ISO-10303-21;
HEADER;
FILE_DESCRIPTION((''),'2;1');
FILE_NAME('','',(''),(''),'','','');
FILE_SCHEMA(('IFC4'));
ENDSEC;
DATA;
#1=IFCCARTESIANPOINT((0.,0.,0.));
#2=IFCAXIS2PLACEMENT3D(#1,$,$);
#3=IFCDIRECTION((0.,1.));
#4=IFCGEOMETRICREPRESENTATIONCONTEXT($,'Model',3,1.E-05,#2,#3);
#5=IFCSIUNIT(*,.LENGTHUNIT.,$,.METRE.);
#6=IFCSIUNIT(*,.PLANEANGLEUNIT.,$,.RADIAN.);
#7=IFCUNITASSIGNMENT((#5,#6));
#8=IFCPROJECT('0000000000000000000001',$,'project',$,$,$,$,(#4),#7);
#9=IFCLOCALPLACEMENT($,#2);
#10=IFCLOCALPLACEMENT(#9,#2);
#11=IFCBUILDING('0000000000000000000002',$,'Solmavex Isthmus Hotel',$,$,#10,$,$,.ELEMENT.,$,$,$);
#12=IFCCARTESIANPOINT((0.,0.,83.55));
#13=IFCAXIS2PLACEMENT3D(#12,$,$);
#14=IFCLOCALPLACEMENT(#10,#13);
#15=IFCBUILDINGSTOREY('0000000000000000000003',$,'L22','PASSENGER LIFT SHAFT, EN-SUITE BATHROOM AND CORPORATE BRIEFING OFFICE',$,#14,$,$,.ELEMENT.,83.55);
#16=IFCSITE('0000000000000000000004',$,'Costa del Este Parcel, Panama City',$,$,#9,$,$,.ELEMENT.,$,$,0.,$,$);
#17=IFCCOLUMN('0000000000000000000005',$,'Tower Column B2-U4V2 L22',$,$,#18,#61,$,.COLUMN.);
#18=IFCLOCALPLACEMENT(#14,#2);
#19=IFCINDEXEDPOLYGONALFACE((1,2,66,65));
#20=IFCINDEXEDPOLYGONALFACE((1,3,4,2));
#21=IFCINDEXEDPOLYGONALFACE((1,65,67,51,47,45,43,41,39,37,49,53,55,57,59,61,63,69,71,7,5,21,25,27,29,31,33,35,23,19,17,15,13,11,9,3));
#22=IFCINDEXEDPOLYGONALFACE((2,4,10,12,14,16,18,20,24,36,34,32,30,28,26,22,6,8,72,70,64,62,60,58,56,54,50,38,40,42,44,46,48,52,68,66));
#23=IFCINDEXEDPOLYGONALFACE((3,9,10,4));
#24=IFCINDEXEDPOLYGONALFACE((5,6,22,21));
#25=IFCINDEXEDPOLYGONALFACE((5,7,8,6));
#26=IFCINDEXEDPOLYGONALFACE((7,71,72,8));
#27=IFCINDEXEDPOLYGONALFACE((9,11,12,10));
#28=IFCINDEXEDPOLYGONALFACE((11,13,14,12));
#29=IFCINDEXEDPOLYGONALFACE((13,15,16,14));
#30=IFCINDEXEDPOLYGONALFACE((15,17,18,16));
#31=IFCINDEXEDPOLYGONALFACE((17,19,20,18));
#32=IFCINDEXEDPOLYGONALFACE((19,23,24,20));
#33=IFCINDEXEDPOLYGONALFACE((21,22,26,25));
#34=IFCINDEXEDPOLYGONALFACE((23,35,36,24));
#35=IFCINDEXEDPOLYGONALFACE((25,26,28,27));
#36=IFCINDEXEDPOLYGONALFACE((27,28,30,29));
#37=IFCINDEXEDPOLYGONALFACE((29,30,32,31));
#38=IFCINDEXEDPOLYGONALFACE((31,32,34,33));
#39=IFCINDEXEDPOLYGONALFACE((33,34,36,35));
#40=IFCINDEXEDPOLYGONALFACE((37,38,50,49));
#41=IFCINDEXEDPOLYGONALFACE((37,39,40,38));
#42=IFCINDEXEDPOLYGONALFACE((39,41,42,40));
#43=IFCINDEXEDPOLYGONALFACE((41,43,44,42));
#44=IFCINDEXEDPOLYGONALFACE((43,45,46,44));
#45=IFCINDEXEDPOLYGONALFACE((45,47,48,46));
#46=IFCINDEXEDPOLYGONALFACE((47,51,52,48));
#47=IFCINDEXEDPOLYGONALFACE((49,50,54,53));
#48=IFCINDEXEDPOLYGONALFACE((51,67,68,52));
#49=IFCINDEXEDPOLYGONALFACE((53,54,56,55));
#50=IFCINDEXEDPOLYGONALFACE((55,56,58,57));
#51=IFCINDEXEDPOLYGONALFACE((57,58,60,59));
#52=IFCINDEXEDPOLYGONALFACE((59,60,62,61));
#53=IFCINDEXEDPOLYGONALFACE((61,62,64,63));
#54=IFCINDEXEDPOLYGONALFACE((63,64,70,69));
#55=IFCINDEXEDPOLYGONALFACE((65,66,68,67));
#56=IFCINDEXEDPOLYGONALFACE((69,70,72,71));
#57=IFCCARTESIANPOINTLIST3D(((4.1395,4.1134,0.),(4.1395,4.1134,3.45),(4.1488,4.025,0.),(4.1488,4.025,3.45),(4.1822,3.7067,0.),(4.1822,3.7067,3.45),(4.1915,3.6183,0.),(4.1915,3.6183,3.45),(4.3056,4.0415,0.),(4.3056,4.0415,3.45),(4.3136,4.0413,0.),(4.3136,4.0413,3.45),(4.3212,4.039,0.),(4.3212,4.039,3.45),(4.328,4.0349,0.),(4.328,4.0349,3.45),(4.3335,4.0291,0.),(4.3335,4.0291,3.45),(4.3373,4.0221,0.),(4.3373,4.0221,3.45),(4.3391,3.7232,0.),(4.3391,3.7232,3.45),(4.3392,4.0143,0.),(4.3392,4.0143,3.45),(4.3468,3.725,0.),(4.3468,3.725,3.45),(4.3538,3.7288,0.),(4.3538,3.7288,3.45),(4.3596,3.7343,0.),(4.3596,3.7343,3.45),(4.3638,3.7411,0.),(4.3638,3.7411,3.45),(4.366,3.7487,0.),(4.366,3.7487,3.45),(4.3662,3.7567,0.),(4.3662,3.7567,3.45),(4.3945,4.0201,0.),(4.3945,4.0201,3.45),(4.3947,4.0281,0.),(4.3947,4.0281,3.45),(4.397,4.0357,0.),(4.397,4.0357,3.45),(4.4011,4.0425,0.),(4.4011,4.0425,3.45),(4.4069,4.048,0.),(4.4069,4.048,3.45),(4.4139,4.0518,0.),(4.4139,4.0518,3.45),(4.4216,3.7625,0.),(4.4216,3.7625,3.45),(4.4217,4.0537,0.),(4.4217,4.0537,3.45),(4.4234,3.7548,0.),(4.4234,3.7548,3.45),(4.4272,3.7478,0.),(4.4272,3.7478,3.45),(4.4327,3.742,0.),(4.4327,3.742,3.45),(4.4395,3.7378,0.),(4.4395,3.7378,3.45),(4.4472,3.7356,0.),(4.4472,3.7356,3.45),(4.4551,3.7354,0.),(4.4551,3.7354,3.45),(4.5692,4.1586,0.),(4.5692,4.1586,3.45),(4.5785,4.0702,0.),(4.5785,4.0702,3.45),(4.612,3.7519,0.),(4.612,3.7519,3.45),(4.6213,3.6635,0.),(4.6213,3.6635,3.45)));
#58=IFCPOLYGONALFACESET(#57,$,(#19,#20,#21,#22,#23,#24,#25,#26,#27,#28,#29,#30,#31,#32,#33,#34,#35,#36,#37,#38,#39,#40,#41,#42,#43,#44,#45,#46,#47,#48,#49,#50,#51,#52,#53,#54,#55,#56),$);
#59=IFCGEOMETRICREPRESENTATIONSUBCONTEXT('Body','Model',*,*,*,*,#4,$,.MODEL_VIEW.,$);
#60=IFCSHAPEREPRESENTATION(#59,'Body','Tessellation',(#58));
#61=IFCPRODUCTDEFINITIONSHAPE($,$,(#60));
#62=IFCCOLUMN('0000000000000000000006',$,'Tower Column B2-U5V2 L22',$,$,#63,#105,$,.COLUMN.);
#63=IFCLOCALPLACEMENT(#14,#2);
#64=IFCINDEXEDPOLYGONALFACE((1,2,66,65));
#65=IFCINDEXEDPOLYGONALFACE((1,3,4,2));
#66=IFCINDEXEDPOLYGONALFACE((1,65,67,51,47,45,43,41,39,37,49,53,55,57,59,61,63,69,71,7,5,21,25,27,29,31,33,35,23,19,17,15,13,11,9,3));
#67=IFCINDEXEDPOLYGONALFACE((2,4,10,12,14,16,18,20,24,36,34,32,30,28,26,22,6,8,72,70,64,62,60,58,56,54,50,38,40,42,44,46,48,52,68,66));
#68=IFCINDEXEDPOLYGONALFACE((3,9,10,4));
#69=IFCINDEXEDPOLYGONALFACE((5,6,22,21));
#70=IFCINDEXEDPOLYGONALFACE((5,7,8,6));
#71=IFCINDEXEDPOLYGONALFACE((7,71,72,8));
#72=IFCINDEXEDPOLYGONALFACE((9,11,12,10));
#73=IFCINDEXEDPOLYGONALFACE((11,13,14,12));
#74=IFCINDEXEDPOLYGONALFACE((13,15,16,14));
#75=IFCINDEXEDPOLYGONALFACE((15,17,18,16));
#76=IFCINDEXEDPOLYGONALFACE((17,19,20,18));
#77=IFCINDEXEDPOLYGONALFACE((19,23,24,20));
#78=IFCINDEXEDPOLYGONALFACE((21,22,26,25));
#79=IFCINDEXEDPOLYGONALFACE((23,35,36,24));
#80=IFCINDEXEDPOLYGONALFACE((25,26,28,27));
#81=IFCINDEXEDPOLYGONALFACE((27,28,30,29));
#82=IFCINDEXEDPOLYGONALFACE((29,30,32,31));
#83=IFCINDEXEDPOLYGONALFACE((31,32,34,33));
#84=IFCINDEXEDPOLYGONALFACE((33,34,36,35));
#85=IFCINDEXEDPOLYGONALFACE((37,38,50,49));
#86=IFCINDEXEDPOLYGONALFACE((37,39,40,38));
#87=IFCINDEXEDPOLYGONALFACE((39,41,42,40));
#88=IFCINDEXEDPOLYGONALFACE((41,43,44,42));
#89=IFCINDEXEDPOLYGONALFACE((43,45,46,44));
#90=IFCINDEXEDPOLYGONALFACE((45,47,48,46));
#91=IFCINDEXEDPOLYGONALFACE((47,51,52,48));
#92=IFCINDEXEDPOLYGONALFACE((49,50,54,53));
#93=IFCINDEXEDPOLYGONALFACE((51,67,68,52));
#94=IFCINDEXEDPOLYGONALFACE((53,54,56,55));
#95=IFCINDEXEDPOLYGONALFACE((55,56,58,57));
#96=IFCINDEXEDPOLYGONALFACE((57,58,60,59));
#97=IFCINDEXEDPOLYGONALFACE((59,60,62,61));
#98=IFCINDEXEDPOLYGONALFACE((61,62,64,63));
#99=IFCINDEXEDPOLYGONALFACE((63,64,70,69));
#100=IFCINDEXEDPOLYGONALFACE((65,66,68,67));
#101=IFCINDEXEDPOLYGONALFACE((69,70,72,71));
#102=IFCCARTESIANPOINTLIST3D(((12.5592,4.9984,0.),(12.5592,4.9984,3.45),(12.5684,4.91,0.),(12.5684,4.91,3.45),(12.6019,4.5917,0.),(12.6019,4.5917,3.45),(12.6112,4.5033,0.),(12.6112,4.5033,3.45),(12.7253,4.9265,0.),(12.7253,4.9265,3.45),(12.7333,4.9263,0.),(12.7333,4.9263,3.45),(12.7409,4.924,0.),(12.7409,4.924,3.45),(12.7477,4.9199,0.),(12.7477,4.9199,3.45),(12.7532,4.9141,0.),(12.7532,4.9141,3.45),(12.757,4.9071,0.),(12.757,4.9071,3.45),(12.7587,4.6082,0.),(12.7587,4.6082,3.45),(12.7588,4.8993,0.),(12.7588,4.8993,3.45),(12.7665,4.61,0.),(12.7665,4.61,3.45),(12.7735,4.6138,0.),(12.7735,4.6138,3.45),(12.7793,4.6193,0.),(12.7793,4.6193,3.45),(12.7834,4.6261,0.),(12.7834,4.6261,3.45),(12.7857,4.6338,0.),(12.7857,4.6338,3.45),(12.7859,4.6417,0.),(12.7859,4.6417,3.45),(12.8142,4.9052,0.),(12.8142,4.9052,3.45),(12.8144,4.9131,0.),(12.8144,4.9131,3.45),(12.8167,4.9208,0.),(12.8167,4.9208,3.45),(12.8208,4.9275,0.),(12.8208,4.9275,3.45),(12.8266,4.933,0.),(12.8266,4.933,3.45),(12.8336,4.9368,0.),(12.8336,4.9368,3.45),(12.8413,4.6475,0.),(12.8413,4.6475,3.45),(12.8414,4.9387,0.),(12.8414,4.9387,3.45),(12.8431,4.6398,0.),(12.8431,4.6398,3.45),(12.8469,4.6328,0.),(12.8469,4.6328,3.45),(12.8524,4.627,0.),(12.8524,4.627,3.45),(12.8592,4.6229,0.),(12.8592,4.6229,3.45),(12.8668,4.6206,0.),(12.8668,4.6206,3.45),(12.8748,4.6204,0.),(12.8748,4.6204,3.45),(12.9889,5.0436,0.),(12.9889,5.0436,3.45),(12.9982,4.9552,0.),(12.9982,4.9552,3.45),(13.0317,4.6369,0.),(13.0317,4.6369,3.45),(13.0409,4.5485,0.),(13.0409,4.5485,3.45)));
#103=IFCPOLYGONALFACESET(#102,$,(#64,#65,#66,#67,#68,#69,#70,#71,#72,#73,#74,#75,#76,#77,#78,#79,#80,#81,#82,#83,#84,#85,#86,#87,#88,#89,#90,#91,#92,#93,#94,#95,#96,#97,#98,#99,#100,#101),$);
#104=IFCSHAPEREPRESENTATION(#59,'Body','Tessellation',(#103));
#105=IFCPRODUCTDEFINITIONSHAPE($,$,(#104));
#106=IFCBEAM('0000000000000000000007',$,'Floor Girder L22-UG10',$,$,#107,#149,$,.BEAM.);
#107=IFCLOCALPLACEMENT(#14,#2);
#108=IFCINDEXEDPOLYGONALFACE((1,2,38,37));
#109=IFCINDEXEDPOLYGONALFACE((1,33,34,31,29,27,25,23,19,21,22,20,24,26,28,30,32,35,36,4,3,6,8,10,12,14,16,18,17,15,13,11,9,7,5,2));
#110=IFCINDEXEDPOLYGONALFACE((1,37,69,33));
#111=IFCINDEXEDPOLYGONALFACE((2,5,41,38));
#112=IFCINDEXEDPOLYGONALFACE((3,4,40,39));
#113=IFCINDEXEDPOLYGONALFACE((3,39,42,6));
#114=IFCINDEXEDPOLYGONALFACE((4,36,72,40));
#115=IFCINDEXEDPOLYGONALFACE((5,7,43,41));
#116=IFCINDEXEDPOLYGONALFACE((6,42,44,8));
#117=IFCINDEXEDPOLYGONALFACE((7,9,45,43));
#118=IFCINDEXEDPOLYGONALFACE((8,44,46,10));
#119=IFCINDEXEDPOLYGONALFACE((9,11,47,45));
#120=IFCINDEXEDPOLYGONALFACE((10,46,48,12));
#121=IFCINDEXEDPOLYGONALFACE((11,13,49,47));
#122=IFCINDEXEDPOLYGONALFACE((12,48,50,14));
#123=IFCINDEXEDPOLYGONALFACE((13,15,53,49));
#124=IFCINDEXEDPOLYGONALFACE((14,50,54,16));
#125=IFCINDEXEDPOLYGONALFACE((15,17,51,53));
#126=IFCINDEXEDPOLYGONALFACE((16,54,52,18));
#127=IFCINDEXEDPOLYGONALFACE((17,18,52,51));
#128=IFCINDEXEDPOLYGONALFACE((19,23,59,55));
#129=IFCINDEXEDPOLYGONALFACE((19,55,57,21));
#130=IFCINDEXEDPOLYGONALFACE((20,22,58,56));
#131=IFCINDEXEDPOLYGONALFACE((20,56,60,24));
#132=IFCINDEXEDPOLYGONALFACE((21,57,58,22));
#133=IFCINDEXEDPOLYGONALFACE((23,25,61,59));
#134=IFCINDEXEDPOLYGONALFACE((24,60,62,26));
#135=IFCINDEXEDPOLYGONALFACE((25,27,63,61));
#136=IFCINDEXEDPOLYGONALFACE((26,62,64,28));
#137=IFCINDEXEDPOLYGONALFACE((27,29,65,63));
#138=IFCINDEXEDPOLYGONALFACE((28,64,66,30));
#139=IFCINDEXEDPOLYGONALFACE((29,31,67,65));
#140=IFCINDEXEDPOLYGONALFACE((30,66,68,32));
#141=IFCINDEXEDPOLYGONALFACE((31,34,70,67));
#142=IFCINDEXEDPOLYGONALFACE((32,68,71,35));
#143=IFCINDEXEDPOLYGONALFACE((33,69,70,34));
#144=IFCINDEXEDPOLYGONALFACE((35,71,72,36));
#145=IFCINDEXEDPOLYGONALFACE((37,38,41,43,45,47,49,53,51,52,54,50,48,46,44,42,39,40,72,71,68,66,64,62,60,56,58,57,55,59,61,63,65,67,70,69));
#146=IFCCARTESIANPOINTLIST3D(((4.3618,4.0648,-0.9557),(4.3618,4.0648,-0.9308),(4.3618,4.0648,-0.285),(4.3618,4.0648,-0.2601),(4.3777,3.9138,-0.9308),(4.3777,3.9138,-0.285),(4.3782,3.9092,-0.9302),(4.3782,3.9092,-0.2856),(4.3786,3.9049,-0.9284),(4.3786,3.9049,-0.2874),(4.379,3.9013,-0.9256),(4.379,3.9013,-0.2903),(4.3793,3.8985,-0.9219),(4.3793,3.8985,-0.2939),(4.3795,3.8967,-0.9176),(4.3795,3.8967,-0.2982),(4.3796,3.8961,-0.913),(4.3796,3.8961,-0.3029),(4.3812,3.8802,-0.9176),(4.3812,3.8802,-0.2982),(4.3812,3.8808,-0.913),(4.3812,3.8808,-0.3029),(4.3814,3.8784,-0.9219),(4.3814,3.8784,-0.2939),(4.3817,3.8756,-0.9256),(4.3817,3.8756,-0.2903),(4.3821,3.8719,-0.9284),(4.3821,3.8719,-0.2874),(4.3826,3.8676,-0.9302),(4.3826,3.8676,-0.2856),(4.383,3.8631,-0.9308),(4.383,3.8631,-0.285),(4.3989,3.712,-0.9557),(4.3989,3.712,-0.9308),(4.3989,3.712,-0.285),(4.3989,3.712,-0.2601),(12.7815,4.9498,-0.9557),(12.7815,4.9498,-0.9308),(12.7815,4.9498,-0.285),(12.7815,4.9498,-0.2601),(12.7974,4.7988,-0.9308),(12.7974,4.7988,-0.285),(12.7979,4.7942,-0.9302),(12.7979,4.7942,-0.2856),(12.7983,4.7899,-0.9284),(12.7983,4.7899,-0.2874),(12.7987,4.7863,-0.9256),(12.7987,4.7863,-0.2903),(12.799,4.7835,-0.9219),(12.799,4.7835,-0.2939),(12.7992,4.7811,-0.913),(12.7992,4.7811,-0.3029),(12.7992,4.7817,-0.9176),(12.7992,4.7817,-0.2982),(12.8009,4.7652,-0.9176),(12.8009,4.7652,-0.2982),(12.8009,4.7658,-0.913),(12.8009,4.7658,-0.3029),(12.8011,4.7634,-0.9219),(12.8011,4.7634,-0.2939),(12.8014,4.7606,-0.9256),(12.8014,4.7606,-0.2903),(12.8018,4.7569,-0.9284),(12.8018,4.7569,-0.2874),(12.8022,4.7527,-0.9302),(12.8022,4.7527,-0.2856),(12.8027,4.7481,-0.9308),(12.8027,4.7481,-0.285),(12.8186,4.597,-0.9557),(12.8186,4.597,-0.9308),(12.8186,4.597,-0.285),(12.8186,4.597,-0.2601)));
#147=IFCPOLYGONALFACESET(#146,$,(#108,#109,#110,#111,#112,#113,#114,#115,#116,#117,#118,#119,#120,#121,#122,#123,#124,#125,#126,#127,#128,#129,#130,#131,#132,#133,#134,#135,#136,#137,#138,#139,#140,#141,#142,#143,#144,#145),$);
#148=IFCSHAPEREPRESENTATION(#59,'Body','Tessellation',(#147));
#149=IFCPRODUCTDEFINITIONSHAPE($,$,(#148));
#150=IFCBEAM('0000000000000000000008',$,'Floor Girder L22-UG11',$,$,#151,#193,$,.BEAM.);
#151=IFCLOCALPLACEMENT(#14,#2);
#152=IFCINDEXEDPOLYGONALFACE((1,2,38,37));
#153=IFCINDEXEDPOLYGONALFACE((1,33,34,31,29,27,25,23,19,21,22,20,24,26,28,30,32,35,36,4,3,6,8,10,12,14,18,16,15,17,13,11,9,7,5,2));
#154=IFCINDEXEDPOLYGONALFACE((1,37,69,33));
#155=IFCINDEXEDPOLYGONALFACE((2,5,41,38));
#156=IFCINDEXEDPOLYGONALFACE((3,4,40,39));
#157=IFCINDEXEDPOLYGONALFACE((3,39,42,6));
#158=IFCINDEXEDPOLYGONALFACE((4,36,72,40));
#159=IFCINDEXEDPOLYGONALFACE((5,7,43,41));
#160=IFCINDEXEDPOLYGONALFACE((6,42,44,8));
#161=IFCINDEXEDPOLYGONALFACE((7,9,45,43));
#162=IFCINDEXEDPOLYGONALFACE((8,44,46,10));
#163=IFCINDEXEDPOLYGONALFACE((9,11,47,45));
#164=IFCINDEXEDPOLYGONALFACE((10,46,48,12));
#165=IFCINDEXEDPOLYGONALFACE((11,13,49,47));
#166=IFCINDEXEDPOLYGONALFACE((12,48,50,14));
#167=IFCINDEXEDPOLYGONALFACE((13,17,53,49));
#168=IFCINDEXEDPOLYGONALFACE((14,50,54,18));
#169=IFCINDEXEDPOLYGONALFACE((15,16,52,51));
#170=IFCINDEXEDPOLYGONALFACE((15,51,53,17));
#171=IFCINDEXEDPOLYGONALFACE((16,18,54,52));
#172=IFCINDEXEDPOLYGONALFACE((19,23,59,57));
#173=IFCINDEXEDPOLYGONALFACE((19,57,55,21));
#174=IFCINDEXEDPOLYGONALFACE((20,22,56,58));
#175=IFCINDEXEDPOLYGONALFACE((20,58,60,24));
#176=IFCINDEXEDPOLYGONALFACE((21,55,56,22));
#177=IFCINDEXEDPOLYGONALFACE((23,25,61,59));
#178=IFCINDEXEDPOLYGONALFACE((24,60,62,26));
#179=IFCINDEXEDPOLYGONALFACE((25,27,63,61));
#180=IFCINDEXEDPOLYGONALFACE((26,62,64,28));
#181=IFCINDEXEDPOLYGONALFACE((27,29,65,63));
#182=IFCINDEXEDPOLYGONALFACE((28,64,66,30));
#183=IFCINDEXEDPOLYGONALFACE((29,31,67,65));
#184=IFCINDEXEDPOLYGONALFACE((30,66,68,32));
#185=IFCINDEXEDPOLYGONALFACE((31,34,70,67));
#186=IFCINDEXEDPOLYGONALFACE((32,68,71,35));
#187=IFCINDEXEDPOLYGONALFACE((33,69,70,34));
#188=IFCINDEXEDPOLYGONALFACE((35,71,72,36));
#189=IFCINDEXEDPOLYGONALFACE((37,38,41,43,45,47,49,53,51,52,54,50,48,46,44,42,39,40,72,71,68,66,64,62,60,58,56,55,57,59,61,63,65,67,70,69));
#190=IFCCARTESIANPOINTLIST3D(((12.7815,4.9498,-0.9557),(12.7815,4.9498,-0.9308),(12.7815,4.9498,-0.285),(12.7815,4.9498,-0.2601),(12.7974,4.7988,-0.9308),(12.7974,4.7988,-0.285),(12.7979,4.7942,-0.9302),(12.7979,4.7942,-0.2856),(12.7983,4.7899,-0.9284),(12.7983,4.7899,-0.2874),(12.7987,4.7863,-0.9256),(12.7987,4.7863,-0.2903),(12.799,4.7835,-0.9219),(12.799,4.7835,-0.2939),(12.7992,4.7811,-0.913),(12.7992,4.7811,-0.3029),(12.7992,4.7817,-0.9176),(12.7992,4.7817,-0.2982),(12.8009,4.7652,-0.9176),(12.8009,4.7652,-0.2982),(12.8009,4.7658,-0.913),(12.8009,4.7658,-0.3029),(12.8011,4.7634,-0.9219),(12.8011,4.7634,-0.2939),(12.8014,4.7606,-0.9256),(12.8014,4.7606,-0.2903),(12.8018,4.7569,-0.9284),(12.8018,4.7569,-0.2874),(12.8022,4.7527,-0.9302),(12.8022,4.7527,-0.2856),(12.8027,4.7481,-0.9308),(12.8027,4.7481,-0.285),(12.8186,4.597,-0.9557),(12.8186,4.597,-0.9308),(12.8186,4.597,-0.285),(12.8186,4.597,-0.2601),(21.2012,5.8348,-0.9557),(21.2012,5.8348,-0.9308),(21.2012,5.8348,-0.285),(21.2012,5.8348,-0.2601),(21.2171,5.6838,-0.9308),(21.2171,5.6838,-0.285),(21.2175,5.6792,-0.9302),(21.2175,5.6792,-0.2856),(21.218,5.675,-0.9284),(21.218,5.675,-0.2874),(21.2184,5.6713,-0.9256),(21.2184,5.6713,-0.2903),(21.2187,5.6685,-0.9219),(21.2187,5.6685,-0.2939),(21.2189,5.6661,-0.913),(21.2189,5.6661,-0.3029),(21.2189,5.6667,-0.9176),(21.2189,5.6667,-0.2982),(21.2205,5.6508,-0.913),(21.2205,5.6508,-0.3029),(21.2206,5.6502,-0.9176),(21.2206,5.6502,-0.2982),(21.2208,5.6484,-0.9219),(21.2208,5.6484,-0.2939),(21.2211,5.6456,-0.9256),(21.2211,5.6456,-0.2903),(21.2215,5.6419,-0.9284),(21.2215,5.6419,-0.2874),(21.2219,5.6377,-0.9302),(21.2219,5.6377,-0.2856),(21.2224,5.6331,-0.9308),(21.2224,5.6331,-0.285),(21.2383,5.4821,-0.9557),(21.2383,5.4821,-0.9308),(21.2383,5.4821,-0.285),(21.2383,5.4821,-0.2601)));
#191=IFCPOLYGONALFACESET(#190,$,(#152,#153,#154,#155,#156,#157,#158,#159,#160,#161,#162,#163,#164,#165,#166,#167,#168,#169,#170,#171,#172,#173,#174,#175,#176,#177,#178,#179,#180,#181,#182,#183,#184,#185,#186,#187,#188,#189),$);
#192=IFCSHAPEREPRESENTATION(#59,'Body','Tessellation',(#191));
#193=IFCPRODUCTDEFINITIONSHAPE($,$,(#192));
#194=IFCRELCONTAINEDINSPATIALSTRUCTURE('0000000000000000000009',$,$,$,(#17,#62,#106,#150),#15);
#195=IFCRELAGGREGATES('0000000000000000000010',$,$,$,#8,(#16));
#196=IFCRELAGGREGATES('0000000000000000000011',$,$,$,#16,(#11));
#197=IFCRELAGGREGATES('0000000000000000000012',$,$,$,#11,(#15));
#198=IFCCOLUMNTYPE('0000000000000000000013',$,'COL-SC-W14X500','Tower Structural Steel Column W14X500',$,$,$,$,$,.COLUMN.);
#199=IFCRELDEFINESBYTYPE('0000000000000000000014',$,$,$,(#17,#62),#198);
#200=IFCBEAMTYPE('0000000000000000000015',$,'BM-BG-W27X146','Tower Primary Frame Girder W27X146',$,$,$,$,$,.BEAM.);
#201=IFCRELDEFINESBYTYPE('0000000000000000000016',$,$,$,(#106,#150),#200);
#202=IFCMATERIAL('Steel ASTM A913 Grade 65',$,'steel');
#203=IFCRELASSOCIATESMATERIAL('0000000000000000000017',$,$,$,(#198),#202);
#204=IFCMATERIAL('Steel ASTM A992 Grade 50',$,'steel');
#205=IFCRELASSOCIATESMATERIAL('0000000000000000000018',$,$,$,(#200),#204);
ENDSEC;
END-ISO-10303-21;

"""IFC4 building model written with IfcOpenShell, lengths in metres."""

from ifc_helpers import new_model, si_unit, direction, frame, origin, origin_2d, place, context, subcontext, project, spatial, i_section, extrude, material, material_profile, profile_set, type_object, element, save


model = new_model("IFC4")

# Units and contexts
model_context = context("Model", 3, precision=1e-05, world=origin(), true_north=direction((0.0, 1.0)))
body_context = subcontext(model_context, "Body", "Model", "MODEL_VIEW")
ifc_project = project(units=[si_unit("LENGTHUNIT", "METRE"), si_unit("PLANEANGLEUNIT", "RADIAN")], contexts=[model_context])

# Site, building, storey
site_placement = place(None, origin())
site = spatial("IfcSite", under=ifc_project, at=site_placement, Name="Costa del Este Parcel, Panama City", CompositionType="ELEMENT", RefElevation=0.0)
building_placement = place(site_placement, origin())
building = spatial("IfcBuilding", under=site, at=building_placement, Name="Solmavex Isthmus Hotel", CompositionType="ELEMENT")
storey_placement = place(building_placement, frame((0.0, 0.0, 83.55)))
storey = spatial("IfcBuildingStorey", under=building, at=storey_placement, Name="L22", Description="PASSENGER LIFT SHAFT, EN-SUITE BATHROOM AND CORPORATE BRIEFING OFFICE", CompositionType="ELEMENT", Elevation=83.55)

# Columns
ifc_material_1 = material(Name="Steel ASTM A913 Grade 65", Category="steel")
ifc_material_profile_1 = material_profile(ifc_material_1, i_section(OverallWidth=0.4321, OverallDepth=0.4978, WebThickness=0.0557, FlangeThickness=0.0889, FilletRadius=0.0305, at=origin_2d()), Name="W14X500")
ifc_profile_set_1 = profile_set([ifc_material_profile_1], Name="Steel ASTM A913 Grade 65")
column_type = type_object("IfcColumnType", Name="COL-SC-W14X500", Description="Tower Structural Steel Column W14X500", PredefinedType="COLUMN", material=ifc_profile_set_1)
for number, where, z_axis, x_axis, name in (
    (1, (4.3804, 3.8884, 0.0), (0.0, 0.0, 1.0), (0.994522, 0.104528, 0.0), "Tower Column B2-U4V2 L22"),
    (2, (12.8, 4.7734, 0.0), (0.0, 0.0, 1.0), (0.994522, 0.104528, 0.0), "Tower Column B2-U5V2 L22"),
):
    element("IfcColumn", number, at=place(storey_placement, frame(where, z_axis=z_axis, x_axis=x_axis)), inside=storey, type_object=column_type, Name=name, PredefinedType="COLUMN", context=body_context, shape_type="SweptSolid", body=[
        extrude(i_section(OverallWidth=0.4321, OverallDepth=0.4978, WebThickness=0.0557, FlangeThickness=0.0889, FilletRadius=0.0305, at=origin_2d()), origin(), (0.0, 0.0, 1.0), 3.45),
    ])

# Beams
ifc_material_2 = material(Name="Steel ASTM A992 Grade 50", Category="steel")
ifc_material_profile_2 = material_profile(ifc_material_2, i_section(OverallWidth=0.3547, OverallDepth=0.6956, WebThickness=0.0154, FlangeThickness=0.0249, FilletRadius=0.0178, at=origin_2d()), Name="W27X146")
ifc_profile_set_2 = profile_set([ifc_material_profile_2], Name="Steel ASTM A992 Grade 50")
beam_type_1 = type_object("IfcBeamType", Name="BM-BG-W27X146", Description="Tower Primary Frame Girder W27X146", PredefinedType="BEAM", material=ifc_profile_set_2)
for number, where, z_axis, x_axis, name in (
    (3, (4.3804, 3.8884, -0.6079), (0.994521, 0.104536, 0.0), (-0.104536, 0.994521, 0.0), "Floor Girder L22-UG10"),
    (4, (12.8, 4.7734, -0.6079), (0.994521, 0.104536, 0.0), (-0.104536, 0.994521, 0.0), "Floor Girder L22-UG11"),
):
    element("IfcBeam", number, at=place(storey_placement, frame(where, z_axis=z_axis, x_axis=x_axis)), inside=storey, type_object=beam_type_1, Name=name, PredefinedType="BEAM", context=body_context, shape_type="SweptSolid", body=[
        extrude(i_section(OverallWidth=0.3547, OverallDepth=0.6956, WebThickness=0.0154, FlangeThickness=0.0249, FilletRadius=0.0178, at=origin_2d()), origin(), (0.0, 0.0, 1.0), 8.4661),
    ])

save(model, "model.ifc")
